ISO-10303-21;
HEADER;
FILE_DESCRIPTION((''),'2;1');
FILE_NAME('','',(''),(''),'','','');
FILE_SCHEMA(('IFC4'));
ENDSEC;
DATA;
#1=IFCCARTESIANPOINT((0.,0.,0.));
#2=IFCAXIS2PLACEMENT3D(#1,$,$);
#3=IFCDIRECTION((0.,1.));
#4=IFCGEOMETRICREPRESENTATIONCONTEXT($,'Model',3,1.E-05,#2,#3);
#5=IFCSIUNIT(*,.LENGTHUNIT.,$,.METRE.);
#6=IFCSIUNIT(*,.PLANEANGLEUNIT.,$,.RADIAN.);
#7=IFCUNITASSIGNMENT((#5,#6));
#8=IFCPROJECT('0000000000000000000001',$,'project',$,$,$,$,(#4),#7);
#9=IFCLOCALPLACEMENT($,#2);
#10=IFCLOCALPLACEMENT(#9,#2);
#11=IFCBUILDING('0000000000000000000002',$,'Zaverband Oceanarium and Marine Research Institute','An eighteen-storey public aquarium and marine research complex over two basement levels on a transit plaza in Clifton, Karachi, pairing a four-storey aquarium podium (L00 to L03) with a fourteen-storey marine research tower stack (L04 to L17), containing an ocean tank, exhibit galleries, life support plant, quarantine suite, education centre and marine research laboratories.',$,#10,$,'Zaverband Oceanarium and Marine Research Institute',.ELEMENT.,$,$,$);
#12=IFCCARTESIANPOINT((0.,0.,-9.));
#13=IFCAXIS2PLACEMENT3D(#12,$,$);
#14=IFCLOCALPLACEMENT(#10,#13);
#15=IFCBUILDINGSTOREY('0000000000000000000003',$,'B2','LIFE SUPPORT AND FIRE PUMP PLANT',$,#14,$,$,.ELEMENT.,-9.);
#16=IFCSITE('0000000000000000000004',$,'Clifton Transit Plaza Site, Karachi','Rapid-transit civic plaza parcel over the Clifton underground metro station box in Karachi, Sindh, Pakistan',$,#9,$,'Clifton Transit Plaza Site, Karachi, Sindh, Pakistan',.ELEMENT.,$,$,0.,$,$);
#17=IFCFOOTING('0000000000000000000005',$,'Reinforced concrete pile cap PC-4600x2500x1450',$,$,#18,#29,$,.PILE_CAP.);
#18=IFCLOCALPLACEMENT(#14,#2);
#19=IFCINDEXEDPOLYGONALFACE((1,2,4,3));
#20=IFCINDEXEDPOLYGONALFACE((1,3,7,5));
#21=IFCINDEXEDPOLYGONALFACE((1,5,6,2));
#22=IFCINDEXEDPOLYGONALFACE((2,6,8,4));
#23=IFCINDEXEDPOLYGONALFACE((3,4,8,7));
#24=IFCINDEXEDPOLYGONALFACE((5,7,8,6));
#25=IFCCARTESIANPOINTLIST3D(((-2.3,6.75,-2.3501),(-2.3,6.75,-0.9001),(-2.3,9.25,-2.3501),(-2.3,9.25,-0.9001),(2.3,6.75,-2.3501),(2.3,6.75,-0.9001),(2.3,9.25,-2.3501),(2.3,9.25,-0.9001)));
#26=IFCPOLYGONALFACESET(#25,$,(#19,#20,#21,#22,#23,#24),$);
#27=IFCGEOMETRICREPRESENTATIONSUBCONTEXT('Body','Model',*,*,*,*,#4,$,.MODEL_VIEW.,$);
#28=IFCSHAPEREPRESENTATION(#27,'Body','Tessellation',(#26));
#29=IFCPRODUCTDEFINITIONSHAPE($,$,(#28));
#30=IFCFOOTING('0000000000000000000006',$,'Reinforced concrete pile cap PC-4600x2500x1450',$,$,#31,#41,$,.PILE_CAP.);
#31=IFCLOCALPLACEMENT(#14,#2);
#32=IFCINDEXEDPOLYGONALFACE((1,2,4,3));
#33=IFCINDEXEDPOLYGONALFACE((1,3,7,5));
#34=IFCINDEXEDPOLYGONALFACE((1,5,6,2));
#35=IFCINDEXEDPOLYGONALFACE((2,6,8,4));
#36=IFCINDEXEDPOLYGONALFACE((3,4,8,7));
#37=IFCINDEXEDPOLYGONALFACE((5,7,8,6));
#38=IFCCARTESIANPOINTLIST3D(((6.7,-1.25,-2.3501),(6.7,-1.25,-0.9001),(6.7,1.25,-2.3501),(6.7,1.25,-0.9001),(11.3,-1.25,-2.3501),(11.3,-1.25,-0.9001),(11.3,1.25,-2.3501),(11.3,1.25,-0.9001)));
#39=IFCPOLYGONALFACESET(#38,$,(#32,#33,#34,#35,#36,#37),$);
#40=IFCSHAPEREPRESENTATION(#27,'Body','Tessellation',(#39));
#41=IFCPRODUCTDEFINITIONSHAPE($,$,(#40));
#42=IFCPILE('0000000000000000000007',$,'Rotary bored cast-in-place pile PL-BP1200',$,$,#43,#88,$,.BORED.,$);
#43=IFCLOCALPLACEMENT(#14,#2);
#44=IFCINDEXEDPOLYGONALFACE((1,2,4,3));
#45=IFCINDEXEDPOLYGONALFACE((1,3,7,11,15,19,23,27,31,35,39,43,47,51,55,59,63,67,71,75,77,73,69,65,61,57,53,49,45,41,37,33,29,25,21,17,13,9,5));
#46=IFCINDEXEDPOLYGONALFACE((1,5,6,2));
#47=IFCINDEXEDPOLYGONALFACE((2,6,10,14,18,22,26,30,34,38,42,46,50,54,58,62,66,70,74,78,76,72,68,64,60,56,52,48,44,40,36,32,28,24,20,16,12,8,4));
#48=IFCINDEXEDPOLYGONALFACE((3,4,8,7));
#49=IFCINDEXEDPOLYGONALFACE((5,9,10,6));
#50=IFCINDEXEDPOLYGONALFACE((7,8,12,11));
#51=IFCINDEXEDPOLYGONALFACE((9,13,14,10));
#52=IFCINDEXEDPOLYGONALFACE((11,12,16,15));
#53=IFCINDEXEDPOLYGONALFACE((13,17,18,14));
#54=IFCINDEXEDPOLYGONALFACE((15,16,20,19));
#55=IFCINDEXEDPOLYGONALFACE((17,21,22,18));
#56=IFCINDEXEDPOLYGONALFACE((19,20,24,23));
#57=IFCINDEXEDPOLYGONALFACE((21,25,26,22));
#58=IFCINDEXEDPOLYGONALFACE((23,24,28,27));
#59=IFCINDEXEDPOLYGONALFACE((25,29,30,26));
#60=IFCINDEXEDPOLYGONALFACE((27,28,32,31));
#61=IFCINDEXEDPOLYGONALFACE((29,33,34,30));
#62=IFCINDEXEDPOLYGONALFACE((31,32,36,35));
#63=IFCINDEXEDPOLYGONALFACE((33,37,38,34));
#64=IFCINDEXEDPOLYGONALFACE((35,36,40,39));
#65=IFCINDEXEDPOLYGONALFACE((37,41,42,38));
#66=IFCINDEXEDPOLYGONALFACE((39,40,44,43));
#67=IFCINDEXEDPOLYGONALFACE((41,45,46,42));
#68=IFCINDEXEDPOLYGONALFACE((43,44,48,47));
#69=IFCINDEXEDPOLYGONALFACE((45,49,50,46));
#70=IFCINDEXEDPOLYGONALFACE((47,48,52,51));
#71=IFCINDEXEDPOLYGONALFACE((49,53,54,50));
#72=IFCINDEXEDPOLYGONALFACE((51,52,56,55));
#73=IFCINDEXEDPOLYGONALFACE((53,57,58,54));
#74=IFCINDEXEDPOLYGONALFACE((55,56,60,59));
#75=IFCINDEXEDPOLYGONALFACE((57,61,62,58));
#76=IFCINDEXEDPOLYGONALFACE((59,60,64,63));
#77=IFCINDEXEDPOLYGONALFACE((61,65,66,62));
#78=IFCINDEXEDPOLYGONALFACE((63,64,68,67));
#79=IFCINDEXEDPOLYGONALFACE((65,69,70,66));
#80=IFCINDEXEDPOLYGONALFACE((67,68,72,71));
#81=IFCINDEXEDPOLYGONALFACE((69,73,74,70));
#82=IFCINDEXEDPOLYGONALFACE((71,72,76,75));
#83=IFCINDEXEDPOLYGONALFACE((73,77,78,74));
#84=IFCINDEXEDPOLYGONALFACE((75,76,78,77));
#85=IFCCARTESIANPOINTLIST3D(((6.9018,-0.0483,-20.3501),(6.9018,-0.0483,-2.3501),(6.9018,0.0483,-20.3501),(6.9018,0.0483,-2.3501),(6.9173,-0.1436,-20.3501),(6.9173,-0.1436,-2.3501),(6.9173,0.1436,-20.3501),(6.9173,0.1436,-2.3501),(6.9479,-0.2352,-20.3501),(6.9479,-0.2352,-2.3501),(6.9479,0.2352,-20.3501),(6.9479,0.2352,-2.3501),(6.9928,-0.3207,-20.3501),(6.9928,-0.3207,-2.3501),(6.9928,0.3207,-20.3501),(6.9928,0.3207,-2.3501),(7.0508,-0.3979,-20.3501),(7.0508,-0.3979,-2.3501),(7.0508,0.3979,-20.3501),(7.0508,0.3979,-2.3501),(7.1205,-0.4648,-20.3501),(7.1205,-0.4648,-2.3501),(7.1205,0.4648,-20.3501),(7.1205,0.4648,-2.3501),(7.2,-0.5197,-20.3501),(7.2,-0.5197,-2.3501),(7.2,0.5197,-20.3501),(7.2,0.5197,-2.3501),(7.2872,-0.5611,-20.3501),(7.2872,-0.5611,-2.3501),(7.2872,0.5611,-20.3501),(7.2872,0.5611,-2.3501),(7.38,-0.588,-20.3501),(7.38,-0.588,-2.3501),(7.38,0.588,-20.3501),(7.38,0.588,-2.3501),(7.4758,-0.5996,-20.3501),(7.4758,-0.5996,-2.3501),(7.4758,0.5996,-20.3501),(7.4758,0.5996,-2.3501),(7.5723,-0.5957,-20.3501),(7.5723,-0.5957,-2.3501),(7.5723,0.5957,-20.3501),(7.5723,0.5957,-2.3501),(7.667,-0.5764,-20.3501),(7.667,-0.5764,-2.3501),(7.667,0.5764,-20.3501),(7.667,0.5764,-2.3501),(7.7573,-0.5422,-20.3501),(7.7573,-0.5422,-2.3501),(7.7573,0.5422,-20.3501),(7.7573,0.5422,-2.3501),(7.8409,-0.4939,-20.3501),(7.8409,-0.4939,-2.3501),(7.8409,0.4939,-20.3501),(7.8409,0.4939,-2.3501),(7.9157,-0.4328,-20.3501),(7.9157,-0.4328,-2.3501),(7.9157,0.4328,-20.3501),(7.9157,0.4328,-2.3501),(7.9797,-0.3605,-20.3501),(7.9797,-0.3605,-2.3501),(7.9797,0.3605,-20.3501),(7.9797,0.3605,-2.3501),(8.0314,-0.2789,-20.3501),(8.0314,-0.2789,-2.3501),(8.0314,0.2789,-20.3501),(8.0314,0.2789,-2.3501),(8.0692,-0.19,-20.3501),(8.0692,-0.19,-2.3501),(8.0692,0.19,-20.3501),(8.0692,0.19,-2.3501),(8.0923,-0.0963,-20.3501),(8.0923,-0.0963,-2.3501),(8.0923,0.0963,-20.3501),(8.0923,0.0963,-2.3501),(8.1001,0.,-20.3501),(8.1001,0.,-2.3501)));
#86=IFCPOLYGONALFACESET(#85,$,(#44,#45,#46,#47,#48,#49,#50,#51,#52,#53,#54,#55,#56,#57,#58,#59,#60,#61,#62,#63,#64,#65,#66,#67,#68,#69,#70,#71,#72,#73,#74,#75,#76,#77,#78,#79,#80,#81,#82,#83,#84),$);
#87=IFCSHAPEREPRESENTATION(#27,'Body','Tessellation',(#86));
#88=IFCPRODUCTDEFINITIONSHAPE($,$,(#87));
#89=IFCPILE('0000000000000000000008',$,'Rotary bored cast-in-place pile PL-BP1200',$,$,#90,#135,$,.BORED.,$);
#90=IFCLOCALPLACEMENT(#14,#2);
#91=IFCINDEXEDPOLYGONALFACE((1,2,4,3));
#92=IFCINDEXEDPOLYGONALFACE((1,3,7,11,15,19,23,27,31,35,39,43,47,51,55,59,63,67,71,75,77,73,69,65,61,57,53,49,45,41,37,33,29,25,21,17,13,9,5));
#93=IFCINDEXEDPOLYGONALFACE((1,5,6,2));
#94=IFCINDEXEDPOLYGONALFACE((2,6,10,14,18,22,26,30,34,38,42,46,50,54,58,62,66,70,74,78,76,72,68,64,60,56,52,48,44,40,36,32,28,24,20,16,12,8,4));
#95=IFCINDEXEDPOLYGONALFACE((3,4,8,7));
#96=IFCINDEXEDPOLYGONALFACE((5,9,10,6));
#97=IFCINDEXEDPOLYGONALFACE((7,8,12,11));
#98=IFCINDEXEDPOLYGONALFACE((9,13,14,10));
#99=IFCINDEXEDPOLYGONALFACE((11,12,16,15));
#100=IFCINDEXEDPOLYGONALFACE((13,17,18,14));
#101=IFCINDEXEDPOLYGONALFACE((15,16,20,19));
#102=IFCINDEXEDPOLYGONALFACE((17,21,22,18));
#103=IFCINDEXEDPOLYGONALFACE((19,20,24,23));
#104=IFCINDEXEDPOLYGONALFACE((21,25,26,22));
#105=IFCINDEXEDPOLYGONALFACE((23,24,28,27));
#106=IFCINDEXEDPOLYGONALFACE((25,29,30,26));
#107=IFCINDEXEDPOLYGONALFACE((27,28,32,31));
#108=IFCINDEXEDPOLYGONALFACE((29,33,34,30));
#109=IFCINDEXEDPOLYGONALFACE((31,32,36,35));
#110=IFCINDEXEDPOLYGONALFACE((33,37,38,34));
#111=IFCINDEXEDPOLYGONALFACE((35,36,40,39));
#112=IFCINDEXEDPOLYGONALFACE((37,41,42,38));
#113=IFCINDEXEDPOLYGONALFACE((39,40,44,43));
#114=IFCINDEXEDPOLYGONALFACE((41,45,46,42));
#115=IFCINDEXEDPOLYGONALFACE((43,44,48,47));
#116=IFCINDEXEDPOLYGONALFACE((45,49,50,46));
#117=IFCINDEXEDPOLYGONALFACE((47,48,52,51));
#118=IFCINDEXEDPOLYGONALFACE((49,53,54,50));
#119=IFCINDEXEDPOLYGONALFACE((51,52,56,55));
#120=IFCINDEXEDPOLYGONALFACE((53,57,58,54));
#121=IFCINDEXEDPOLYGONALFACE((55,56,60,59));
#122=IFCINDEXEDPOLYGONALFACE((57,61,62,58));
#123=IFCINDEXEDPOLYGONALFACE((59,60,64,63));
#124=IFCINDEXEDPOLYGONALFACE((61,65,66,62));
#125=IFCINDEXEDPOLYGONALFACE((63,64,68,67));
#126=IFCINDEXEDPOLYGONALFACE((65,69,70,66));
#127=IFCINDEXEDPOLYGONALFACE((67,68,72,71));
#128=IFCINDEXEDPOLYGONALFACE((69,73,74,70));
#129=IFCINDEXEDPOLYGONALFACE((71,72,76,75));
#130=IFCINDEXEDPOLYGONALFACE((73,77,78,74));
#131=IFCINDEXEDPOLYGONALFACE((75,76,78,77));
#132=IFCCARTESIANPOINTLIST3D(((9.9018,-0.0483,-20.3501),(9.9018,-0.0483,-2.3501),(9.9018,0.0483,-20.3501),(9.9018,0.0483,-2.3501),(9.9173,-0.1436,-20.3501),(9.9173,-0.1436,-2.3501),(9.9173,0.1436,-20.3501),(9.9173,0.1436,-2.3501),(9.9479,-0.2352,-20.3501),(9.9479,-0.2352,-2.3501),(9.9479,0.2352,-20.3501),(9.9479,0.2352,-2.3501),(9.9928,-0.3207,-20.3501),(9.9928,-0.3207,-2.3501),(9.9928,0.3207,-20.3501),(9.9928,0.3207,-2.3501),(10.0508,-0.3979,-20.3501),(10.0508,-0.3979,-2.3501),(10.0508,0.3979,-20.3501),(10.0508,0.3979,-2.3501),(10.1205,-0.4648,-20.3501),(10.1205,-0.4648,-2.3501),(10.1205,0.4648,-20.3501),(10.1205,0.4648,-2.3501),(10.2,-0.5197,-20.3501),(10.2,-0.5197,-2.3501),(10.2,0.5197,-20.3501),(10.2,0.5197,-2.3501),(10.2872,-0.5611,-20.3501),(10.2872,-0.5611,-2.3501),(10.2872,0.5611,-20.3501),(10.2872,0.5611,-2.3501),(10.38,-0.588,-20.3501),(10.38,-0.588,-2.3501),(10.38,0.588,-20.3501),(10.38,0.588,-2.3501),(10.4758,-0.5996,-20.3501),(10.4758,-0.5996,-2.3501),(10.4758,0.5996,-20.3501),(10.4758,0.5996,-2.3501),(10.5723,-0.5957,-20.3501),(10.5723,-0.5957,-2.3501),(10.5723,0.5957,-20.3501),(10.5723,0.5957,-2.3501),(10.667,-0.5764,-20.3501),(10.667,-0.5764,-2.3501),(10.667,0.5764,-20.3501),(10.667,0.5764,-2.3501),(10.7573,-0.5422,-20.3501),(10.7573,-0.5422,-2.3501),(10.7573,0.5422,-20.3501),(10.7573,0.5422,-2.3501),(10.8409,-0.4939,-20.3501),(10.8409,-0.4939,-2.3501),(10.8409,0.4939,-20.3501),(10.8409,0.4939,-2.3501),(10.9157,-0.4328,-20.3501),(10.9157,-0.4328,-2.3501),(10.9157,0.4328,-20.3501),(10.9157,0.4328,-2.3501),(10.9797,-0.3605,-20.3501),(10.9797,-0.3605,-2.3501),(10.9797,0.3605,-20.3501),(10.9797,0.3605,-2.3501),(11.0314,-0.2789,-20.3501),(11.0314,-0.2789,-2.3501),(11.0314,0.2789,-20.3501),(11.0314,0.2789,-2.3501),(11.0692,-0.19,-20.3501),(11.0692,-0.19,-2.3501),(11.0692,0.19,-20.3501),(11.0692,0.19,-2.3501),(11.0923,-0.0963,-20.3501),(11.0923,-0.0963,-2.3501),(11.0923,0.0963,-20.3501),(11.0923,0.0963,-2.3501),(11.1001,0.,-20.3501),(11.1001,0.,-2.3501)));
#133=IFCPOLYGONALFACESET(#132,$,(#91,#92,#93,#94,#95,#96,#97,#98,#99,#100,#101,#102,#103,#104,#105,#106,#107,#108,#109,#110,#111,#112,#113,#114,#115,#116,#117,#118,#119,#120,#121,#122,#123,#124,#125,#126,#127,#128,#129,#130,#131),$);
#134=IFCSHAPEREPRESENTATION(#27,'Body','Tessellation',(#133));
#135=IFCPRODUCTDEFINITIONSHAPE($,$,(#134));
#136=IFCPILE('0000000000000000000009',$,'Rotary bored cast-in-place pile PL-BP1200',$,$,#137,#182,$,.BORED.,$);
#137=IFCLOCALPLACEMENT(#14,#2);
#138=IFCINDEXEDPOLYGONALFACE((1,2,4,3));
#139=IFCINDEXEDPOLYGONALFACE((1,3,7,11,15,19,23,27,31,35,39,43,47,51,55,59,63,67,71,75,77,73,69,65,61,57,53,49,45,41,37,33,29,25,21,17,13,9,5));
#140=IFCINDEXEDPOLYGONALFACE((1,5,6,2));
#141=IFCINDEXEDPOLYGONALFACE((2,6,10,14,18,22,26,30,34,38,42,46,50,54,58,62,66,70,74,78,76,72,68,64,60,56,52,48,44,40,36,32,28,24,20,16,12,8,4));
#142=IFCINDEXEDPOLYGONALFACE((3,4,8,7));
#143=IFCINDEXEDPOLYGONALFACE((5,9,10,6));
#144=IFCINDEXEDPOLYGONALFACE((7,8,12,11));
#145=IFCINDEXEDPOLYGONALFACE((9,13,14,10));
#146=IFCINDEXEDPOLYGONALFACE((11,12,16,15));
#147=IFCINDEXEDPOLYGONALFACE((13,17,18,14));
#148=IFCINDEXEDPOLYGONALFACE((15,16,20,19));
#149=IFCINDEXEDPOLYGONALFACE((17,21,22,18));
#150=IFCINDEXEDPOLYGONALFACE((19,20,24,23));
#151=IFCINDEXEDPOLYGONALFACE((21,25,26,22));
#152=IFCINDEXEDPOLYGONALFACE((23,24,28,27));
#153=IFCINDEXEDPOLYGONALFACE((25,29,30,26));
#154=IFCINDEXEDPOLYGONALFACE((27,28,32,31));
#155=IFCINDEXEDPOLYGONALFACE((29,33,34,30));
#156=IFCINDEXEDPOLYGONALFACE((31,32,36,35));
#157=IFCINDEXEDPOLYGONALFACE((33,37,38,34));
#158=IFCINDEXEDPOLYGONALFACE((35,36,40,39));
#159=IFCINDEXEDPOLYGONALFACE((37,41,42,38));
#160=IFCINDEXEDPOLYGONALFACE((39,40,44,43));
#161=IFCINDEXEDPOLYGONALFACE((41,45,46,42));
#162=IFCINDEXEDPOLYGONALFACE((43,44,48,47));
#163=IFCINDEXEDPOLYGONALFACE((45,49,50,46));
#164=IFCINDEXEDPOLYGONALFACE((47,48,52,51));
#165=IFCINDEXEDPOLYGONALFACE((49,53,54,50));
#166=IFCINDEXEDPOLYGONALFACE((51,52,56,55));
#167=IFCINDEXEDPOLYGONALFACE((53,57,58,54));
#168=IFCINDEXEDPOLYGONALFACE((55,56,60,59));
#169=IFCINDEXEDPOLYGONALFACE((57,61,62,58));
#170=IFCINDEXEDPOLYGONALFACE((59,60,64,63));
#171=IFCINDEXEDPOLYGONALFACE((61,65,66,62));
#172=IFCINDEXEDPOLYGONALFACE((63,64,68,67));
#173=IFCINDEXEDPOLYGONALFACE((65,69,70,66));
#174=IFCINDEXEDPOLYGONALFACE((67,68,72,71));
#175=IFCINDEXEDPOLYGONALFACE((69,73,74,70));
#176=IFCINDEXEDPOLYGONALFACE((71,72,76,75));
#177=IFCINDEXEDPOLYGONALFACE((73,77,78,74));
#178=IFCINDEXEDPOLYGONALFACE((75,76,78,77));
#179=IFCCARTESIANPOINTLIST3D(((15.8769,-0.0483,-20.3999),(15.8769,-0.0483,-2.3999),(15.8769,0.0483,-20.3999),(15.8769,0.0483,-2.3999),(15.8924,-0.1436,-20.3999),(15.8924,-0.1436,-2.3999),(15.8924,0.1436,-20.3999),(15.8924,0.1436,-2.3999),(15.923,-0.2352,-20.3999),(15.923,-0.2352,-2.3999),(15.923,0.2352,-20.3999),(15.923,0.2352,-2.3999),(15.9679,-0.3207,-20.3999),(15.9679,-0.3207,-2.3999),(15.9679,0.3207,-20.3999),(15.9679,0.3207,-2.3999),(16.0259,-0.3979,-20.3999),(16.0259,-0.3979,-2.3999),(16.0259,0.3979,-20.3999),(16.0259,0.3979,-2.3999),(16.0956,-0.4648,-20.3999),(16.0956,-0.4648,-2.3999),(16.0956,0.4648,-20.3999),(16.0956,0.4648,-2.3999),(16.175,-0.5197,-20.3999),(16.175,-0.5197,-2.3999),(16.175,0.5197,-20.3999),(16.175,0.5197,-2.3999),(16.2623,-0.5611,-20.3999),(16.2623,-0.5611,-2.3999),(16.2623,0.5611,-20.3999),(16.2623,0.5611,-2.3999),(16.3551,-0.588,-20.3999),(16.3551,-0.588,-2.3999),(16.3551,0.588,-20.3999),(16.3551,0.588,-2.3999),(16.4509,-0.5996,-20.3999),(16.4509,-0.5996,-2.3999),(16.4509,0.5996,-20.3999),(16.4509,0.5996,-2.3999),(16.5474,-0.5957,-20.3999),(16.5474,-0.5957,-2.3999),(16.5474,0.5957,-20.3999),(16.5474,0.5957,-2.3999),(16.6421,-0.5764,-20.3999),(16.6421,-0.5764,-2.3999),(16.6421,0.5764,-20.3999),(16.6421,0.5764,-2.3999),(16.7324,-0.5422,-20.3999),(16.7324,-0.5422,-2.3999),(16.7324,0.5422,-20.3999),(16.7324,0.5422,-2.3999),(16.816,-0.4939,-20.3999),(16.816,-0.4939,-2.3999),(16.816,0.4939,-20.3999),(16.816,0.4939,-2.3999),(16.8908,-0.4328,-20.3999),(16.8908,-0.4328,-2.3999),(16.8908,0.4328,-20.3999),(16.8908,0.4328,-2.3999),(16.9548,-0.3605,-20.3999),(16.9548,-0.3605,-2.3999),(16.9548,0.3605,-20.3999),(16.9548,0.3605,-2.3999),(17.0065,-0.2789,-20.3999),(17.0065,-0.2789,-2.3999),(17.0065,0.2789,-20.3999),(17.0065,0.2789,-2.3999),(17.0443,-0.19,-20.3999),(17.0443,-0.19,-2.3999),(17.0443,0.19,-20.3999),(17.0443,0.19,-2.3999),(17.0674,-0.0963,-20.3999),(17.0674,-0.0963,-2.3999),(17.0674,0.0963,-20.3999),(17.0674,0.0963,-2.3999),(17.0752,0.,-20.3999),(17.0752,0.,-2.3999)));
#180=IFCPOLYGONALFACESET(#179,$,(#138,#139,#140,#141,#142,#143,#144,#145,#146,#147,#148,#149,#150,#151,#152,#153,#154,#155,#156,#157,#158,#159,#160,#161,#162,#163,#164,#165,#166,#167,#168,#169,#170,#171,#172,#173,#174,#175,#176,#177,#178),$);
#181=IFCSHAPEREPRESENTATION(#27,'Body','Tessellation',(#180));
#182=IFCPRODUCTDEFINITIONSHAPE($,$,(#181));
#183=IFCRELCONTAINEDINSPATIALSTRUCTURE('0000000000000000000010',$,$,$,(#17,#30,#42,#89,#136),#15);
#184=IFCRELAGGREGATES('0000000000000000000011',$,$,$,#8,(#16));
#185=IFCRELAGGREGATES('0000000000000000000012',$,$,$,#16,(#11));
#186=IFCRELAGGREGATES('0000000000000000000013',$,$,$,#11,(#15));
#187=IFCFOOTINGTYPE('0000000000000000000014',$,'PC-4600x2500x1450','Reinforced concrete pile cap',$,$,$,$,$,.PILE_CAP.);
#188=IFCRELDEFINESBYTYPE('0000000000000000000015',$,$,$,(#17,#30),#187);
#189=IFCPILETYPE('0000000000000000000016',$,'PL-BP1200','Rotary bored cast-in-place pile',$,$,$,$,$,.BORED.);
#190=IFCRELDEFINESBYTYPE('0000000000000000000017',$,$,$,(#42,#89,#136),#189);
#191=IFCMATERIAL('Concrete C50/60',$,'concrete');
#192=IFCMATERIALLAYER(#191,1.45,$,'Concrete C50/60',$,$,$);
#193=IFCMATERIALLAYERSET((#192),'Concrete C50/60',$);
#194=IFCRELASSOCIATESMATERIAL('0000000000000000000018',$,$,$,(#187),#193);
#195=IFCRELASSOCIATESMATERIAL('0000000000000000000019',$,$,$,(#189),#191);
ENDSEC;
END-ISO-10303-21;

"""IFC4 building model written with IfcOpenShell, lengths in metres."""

from ifc_helpers import new_model, si_unit, direction, frame, origin, origin_2d, place, context, subcontext, project, spatial, rectangle, circle, extrude, material, layer, layer_set, material_profile, profile_set, type_object, element, save


model = new_model("IFC4")

# Units and contexts
model_context = context("Model", 3, precision=1e-05, world=origin(), true_north=direction((0.0, 1.0)))
body_context = subcontext(model_context, "Body", "Model", "MODEL_VIEW")
ifc_project = project(units=[si_unit("LENGTHUNIT", "METRE"), si_unit("PLANEANGLEUNIT", "RADIAN")], contexts=[model_context])

# Site, building, storey
site_placement = place(None, origin())
site = spatial("IfcSite", under=ifc_project, at=site_placement, Name="Clifton Transit Plaza Site, Karachi", Description="Rapid-transit civic plaza parcel over the Clifton underground metro station box in Karachi, Sindh, Pakistan", LongName="Clifton Transit Plaza Site, Karachi, Sindh, Pakistan", CompositionType="ELEMENT", RefElevation=0.0)
building_placement = place(site_placement, origin())
building = spatial("IfcBuilding", under=site, at=building_placement, Name="Zaverband Oceanarium and Marine Research Institute", Description="An eighteen-storey public aquarium and marine research complex over two basement levels on a transit plaza in Clifton, Karachi, pairing a four-storey aquarium podium (L00 to L03) with a fourteen-storey marine research tower stack (L04 to L17), containing an ocean tank, exhibit galleries, life support plant, quarantine suite, education centre and marine research laboratories.", LongName="Zaverband Oceanarium and Marine Research Institute", CompositionType="ELEMENT")
storey_placement = place(building_placement, frame((0.0, 0.0, -9.0)))
storey = spatial("IfcBuildingStorey", under=building, at=storey_placement, Name="B2", Description="LIFE SUPPORT AND FIRE PUMP PLANT", CompositionType="ELEMENT", Elevation=-9.0)

# Footings
ifc_material_1 = material(Name="Concrete C50/60", Category="concrete")
ifc_layer_1 = layer(ifc_material_1, 1.45, Name="Concrete C50/60")
ifc_layer_set_1 = layer_set([ifc_layer_1], Name="Concrete C50/60")
footing_type = type_object("IfcFootingType", Name="PC-4600x2500x1450", Description="Reinforced concrete pile cap", PredefinedType="PILE_CAP", material=ifc_layer_set_1)
for number, where, z_axis, x_axis, name in (
    (1, (0.0, 8.0, -2.3501), (0.0, 0.0, 1.0), (1.0, 0.0, 0.0), "Reinforced concrete pile cap PC-4600x2500x1450"),
    (2, (9.0, 0.0, -2.3501), (0.0, 0.0, 1.0), (1.0, 0.0, 0.0), "Reinforced concrete pile cap PC-4600x2500x1450"),
):
    element("IfcFooting", number, at=place(storey_placement, frame(where, z_axis=z_axis, x_axis=x_axis)), inside=storey, type_object=footing_type, Name=name, PredefinedType="PILE_CAP", context=body_context, shape_type="SweptSolid", body=[
        extrude(rectangle(XDim=4.6001, YDim=2.5, at=origin_2d()), origin(), (0.0, 0.0, 1.0), 1.45),
    ])

# Piles
ifc_material_profile_1 = material_profile(ifc_material_1, circle(Radius=0.6001, at=origin_2d()), Name="BP1200")
ifc_profile_set_1 = profile_set([ifc_material_profile_1], Name="Concrete C50/60")
pile_type = type_object("IfcPileType", Name="PL-BP1200", Description="Rotary bored cast-in-place pile", PredefinedType="BORED", material=ifc_profile_set_1)
for number, where, z_axis, x_axis, name in (
    (3, (7.5, 0.0, -2.3501), (0.0, 0.0, -1.0), (1.0, 0.0, 0.0), "Rotary bored cast-in-place pile PL-BP1200"),
    (4, (10.5, 0.0, -2.3501), (0.0, 0.0, -1.0), (1.0, 0.0, 0.0), "Rotary bored cast-in-place pile PL-BP1200"),
    (5, (16.4751, 0.0, -2.3999), (0.0, 0.0, -1.0), (1.0, 0.0, 0.0), "Rotary bored cast-in-place pile PL-BP1200"),
):
    element("IfcPile", number, at=place(storey_placement, frame(where, z_axis=z_axis, x_axis=x_axis)), inside=storey, type_object=pile_type, Name=name, PredefinedType="BORED", context=body_context, shape_type="SweptSolid", body=[
        extrude(circle(Radius=0.6001, at=origin_2d()), origin(), (0.0, 0.0, 1.0), 18.0),
    ])

save(model, "model.ifc")
